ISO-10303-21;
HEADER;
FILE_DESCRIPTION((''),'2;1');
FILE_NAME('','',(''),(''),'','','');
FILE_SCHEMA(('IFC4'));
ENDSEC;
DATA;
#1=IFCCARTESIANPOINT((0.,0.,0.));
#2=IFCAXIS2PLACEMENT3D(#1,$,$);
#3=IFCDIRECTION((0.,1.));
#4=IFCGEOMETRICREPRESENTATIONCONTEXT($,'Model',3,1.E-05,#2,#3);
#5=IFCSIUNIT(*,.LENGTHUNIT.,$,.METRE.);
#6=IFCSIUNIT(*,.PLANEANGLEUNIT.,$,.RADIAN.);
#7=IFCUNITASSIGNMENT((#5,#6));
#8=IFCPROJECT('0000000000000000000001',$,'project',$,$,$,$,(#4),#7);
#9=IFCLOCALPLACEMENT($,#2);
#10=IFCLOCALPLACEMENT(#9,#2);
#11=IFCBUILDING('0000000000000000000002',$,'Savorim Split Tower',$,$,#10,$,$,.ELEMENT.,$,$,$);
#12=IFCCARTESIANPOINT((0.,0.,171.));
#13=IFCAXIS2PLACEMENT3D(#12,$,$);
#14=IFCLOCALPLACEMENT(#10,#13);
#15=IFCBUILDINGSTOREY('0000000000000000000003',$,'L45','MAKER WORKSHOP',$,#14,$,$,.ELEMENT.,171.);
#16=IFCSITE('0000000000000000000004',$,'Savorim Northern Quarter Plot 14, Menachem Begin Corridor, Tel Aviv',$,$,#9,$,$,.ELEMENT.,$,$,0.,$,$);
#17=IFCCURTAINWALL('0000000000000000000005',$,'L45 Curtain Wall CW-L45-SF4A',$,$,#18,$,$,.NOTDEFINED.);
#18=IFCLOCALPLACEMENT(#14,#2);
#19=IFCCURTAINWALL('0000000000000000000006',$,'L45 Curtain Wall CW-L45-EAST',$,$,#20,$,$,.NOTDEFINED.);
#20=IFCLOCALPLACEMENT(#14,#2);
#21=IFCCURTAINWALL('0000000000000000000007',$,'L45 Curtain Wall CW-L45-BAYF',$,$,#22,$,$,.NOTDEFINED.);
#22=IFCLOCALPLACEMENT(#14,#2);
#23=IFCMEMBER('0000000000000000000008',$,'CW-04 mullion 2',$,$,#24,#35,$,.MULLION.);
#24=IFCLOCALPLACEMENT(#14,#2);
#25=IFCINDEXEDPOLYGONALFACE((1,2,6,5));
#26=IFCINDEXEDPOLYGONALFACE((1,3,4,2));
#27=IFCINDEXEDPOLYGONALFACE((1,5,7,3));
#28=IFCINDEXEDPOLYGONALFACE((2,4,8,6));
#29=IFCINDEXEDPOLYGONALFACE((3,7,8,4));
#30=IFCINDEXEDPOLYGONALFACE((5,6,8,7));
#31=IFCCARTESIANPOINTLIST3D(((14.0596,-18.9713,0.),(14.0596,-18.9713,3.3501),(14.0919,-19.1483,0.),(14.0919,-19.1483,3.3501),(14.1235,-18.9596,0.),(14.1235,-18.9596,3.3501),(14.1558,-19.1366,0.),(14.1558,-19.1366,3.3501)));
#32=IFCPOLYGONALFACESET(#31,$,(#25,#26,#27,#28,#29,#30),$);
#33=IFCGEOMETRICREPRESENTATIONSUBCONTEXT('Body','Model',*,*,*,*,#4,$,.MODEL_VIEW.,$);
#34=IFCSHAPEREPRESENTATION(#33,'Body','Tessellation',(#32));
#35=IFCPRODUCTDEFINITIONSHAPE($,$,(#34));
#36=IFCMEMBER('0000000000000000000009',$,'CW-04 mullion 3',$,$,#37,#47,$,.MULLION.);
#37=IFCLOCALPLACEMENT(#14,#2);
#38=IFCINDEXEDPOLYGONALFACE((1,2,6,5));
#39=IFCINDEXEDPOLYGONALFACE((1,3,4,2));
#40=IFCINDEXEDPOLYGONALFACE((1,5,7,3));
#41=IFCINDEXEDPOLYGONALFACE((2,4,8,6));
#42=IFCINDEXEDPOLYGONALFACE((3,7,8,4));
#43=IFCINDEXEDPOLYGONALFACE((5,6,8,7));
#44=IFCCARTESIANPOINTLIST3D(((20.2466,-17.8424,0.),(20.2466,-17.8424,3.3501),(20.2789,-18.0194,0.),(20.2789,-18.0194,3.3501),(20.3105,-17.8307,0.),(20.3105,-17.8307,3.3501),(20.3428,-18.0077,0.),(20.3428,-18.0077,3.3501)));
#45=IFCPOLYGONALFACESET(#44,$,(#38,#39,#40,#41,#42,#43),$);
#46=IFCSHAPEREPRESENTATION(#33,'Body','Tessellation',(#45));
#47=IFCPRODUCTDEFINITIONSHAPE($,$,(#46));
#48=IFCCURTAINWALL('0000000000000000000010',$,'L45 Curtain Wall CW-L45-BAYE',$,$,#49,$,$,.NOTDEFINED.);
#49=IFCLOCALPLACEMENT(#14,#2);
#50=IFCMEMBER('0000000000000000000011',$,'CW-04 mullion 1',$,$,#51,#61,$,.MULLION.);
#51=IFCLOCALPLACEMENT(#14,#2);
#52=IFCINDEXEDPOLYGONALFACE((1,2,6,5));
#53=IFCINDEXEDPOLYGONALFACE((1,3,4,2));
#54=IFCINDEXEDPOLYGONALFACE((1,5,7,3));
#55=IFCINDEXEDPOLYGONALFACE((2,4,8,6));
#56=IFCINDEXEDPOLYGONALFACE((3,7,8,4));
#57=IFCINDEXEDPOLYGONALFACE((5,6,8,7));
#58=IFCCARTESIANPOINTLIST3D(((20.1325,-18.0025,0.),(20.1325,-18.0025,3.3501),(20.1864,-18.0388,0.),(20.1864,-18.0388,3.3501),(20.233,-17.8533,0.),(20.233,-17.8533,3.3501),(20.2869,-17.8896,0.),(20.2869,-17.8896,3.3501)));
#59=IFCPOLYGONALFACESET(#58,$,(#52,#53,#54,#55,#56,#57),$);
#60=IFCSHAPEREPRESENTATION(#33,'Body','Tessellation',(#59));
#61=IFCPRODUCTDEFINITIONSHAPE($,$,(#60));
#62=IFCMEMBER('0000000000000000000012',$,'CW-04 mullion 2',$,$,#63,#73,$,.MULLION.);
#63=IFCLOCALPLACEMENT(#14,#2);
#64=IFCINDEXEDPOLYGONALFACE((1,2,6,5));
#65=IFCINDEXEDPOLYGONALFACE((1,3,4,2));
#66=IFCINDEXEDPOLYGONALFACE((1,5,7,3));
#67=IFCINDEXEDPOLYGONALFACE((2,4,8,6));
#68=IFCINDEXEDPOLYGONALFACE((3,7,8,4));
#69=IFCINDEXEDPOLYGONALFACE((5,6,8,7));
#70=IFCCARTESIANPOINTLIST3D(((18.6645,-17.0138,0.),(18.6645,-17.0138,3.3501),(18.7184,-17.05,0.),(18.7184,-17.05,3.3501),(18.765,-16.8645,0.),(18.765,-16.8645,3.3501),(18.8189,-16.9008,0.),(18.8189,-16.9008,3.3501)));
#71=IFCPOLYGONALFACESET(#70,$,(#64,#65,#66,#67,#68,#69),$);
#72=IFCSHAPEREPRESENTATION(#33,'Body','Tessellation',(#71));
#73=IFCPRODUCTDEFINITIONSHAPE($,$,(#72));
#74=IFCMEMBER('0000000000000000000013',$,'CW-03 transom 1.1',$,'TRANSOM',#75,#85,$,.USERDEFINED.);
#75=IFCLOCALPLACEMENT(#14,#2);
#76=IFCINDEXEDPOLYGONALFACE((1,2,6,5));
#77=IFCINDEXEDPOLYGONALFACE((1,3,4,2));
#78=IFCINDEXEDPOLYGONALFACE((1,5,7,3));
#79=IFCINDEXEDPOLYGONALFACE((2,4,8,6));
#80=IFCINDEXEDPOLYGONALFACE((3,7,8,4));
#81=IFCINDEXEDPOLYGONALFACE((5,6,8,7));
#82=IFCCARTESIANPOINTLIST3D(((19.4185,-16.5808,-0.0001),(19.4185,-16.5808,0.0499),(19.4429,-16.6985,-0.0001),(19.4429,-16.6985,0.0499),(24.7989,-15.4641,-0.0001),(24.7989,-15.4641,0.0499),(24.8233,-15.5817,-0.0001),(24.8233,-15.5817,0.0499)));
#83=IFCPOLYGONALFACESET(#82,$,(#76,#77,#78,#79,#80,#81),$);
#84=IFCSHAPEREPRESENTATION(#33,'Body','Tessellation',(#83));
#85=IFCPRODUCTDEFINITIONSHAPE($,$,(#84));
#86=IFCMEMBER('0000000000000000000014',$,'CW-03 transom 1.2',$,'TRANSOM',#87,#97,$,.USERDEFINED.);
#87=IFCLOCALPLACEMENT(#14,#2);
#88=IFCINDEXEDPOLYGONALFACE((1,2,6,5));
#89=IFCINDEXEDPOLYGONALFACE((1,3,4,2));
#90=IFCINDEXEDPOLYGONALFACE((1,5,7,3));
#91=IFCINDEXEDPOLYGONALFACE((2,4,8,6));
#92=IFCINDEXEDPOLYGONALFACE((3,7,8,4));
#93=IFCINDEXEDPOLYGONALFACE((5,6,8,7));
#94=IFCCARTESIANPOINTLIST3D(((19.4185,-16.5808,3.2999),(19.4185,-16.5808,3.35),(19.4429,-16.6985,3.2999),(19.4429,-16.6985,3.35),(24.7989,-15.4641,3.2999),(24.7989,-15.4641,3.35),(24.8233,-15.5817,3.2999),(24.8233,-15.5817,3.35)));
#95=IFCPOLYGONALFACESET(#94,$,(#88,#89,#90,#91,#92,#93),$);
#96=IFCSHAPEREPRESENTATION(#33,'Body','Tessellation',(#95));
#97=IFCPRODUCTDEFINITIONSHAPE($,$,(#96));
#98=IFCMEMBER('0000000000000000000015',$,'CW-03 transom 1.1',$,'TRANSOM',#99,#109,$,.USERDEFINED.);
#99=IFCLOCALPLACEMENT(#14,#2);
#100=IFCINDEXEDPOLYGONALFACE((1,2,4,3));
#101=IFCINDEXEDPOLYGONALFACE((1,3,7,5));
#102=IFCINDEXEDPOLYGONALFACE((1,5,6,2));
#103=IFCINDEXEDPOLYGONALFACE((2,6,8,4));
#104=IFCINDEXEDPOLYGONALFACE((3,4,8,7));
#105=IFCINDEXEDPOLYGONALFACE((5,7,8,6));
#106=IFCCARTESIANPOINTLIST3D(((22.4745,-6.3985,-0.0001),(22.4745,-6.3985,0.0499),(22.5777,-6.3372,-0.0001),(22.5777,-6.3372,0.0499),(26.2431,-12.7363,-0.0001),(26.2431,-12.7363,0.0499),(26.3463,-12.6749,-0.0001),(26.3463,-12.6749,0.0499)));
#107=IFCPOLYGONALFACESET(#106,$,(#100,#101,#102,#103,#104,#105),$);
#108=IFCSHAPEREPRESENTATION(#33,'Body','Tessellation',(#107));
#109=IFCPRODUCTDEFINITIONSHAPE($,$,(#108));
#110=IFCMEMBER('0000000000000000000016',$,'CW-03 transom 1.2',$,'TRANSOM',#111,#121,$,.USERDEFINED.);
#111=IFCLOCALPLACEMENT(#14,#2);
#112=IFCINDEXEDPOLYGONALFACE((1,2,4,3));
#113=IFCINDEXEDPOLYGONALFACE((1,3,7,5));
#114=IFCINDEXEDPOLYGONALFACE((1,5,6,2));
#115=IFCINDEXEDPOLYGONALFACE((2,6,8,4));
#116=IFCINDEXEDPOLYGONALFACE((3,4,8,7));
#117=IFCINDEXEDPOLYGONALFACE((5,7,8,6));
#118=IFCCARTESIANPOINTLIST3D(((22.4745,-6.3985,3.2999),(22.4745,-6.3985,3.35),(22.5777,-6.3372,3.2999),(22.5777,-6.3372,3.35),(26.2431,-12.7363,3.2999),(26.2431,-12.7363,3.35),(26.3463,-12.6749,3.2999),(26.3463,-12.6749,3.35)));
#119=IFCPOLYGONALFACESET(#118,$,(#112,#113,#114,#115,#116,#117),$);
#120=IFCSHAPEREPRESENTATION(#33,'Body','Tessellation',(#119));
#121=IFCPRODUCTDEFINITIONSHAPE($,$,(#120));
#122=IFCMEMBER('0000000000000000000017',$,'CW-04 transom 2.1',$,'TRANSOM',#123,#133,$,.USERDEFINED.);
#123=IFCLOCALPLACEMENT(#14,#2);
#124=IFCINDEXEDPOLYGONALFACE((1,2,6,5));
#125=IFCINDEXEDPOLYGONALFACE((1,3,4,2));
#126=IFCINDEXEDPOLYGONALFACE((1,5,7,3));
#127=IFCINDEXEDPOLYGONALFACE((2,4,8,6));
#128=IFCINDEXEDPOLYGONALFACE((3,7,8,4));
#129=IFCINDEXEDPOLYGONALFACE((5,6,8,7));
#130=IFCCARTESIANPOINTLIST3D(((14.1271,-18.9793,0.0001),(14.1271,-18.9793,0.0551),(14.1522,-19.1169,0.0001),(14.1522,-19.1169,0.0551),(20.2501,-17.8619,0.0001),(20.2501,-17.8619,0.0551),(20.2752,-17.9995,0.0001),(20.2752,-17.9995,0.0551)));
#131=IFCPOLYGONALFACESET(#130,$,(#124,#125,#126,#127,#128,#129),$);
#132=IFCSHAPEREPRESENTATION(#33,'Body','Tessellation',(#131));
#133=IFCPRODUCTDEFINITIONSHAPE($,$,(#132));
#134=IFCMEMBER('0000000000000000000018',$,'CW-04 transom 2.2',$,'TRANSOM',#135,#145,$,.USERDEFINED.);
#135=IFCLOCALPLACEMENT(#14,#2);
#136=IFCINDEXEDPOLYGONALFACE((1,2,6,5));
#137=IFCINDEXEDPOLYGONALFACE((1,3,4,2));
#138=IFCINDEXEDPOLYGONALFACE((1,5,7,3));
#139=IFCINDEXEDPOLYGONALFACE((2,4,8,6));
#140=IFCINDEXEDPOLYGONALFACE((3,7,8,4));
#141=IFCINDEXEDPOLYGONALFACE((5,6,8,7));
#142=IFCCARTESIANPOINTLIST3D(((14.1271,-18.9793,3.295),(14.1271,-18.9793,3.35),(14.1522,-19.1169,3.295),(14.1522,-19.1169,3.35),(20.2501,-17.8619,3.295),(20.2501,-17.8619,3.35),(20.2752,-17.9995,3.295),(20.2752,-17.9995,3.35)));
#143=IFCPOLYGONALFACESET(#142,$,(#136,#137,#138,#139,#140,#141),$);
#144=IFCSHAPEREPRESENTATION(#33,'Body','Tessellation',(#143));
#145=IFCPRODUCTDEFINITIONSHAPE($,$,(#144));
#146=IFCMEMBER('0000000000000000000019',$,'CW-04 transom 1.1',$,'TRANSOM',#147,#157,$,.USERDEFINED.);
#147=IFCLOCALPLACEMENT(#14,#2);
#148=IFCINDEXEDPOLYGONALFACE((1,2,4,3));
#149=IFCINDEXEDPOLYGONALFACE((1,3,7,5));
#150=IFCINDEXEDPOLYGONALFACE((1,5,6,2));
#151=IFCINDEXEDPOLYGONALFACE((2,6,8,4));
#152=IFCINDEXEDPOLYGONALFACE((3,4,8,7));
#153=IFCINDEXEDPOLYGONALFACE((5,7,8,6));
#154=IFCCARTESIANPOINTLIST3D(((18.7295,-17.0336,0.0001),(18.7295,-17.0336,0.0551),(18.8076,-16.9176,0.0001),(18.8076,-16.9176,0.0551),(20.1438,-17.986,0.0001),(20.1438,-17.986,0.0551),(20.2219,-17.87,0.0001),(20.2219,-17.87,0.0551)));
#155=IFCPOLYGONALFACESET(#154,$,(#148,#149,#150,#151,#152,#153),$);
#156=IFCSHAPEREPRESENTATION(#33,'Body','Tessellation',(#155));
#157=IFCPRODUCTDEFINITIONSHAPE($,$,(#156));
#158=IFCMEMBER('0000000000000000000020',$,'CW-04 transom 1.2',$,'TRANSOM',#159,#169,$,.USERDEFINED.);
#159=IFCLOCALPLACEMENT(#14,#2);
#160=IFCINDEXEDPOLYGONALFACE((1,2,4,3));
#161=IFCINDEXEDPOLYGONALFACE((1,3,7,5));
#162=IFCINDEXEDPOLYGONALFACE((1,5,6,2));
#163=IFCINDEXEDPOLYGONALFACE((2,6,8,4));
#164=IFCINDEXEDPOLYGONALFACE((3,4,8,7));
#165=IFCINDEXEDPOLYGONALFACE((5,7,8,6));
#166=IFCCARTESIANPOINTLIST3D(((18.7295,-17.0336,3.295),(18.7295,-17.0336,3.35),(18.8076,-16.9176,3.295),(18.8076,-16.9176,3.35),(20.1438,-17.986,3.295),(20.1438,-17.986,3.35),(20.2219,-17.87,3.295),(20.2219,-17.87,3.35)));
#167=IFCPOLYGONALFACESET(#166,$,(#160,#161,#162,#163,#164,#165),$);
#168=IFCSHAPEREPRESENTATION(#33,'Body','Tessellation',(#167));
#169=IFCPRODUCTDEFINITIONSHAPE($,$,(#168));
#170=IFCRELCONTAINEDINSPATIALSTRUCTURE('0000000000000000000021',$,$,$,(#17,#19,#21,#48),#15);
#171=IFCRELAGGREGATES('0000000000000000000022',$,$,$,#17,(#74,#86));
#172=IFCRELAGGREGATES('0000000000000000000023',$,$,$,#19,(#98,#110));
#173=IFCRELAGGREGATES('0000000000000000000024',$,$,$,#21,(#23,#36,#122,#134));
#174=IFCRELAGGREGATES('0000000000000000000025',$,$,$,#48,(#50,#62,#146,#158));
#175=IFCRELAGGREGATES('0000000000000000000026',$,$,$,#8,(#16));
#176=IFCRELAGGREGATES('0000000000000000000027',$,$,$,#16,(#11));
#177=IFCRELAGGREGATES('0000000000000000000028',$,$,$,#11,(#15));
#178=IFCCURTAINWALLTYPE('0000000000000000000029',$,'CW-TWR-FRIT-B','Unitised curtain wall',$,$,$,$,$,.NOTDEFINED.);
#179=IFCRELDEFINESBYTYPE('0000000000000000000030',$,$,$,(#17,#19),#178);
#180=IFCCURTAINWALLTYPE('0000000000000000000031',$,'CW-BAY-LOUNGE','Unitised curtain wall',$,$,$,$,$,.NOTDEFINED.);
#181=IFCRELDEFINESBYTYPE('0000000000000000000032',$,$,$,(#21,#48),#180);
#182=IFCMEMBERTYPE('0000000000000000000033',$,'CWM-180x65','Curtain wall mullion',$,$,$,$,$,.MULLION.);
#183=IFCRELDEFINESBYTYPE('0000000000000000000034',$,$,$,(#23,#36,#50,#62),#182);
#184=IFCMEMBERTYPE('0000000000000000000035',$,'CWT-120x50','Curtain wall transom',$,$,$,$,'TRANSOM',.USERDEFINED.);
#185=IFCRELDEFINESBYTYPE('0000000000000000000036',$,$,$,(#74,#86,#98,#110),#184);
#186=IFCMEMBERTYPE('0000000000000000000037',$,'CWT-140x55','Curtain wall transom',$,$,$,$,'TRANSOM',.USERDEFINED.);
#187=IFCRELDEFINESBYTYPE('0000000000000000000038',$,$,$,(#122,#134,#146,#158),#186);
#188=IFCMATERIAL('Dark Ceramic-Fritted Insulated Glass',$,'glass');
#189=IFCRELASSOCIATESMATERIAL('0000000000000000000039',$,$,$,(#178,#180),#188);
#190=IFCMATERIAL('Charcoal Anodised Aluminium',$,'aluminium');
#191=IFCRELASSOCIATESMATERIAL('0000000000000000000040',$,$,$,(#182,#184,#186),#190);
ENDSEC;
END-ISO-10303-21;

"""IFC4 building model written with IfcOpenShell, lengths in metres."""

from ifc_helpers import new_model, si_unit, direction, frame, origin, origin_2d, place, context, subcontext, project, spatial, rectangle, extrude, material, material_profile, profile_set, type_object, element, aggregate, save


model = new_model("IFC4")

# Units and contexts
model_context = context("Model", 3, precision=1e-05, world=origin(), true_north=direction((0.0, 1.0)))
body_context = subcontext(model_context, "Body", "Model", "MODEL_VIEW")
ifc_project = project(units=[si_unit("LENGTHUNIT", "METRE"), si_unit("PLANEANGLEUNIT", "RADIAN")], contexts=[model_context])

# Site, building, storey
site_placement = place(None, origin())
site = spatial("IfcSite", under=ifc_project, at=site_placement, Name="Savorim Northern Quarter Plot 14, Menachem Begin Corridor, Tel Aviv", CompositionType="ELEMENT", RefElevation=0.0)
building_placement = place(site_placement, origin())
building = spatial("IfcBuilding", under=site, at=building_placement, Name="Savorim Split Tower", CompositionType="ELEMENT")
storey_placement = place(building_placement, frame((0.0, 0.0, 171.0)))
storey = spatial("IfcBuildingStorey", under=building, at=storey_placement, Name="L45", Description="MAKER WORKSHOP", CompositionType="ELEMENT", Elevation=171.0)

# Curtain wall
ifc_material_1 = material(Name="Dark Ceramic-Fritted Insulated Glass", Category="glass")
curtain_wall_type_1 = type_object("IfcCurtainWallType", Name="CW-TWR-FRIT-B", Description="Unitised curtain wall", PredefinedType="NOTDEFINED", material=ifc_material_1)
curtain_wall_1_placement = place(storey_placement, origin())
curtain_wall_1 = element("IfcCurtainWall", 1, at=curtain_wall_1_placement, inside=storey, type_object=curtain_wall_type_1, Name="L45 Curtain Wall CW-L45-SF4A", PredefinedType="NOTDEFINED")
ifc_material_2 = material(Name="Charcoal Anodised Aluminium", Category="aluminium")

# Curtain wall
curtain_wall_2_placement = place(storey_placement, origin())
curtain_wall_2 = element("IfcCurtainWall", 2, at=curtain_wall_2_placement, inside=storey, type_object=curtain_wall_type_1, Name="L45 Curtain Wall CW-L45-EAST", PredefinedType="NOTDEFINED")

# Curtain walls, members
curtain_wall_type_2 = type_object("IfcCurtainWallType", Name="CW-BAY-LOUNGE", Description="Unitised curtain wall", PredefinedType="NOTDEFINED", material=ifc_material_1)
curtain_wall_3_placement = place(storey_placement, origin())
curtain_wall_3 = element("IfcCurtainWall", 3, at=curtain_wall_3_placement, inside=storey, type_object=curtain_wall_type_2, Name="L45 Curtain Wall CW-L45-BAYF", PredefinedType="NOTDEFINED")
ifc_material_profile_1 = material_profile(ifc_material_2, rectangle(XDim=0.1799, YDim=0.0649, at=origin_2d()), Name="ALU-M 180x65")
ifc_profile_set_1 = profile_set([ifc_material_profile_1], Name="Charcoal Anodised Aluminium")
member_type_1 = type_object("IfcMemberType", Name="CWM-180x65", Description="Curtain wall mullion", PredefinedType="MULLION", material=ifc_profile_set_1)
member_1_placement = place(storey_placement, frame((14.1077, -19.054, 0.0), z_axis=(0.0, 0.0, 1.0), x_axis=(-0.179518, 0.983755, 0.0)))
member_1 = element("IfcMember", 4, at=member_1_placement, type_object=member_type_1, Name="CW-04 mullion 2", PredefinedType="MULLION", context=body_context, shape_type="SweptSolid", body=[
    extrude(rectangle(XDim=0.1799, YDim=0.0649, at=origin_2d()), origin(), (0.0, 0.0, 1.0), 3.3501),
])
member_2_placement = place(storey_placement, frame((20.2947, -17.925, 0.0), z_axis=(0.0, 0.0, 1.0), x_axis=(-0.179518, 0.983755, 0.0)))
member_2 = element("IfcMember", 5, at=member_2_placement, type_object=member_type_1, Name="CW-04 mullion 3", PredefinedType="MULLION", context=body_context, shape_type="SweptSolid", body=[
    extrude(rectangle(XDim=0.1799, YDim=0.0649, at=origin_2d()), origin(), (0.0, 0.0, 1.0), 3.3501),
])
curtain_wall_4_placement = place(storey_placement, origin())
curtain_wall_4 = element("IfcCurtainWall", 6, at=curtain_wall_4_placement, inside=storey, type_object=curtain_wall_type_2, Name="L45 Curtain Wall CW-L45-BAYE", PredefinedType="NOTDEFINED")
member_3_placement = place(storey_placement, frame((20.2097, -17.946, 0.0), z_axis=(0.0, 0.0, 1.0), x_axis=(-0.55863, -0.829417, 0.0)))
member_3 = element("IfcMember", 7, at=member_3_placement, type_object=member_type_1, Name="CW-04 mullion 1", PredefinedType="MULLION", context=body_context, shape_type="SweptSolid", body=[
    extrude(rectangle(XDim=0.1799, YDim=0.0649, at=origin_2d()), origin(), (0.0, 0.0, 1.0), 3.3501),
])
member_4_placement = place(storey_placement, frame((18.7417, -16.9573, 0.0), z_axis=(0.0, 0.0, 1.0), x_axis=(-0.55863, -0.829417, 0.0)))
member_4 = element("IfcMember", 8, at=member_4_placement, type_object=member_type_1, Name="CW-04 mullion 2", PredefinedType="MULLION", context=body_context, shape_type="SweptSolid", body=[
    extrude(rectangle(XDim=0.1799, YDim=0.0649, at=origin_2d()), origin(), (0.0, 0.0, 1.0), 3.3501),
])

# Members
ifc_material_profile_2 = material_profile(ifc_material_2, rectangle(XDim=0.1201, YDim=0.05, at=origin_2d()), Name="ALU-T 120x50")
ifc_profile_set_2 = profile_set([ifc_material_profile_2], Name="Charcoal Anodised Aluminium")
member_type_2 = type_object("IfcMemberType", Name="CWT-120x50", Description="Curtain wall transom", ElementType="TRANSOM", PredefinedType="USERDEFINED", material=ifc_profile_set_2)
member_5_placement = place(storey_placement, frame((19.4307, -16.6396, 0.0249), z_axis=(0.979133, 0.20322, 0.0), x_axis=(-0.20322, 0.979133, 0.0)))
member_5 = element("IfcMember", 9, at=member_5_placement, type_object=member_type_2, Name="CW-03 transom 1.1", ObjectType="TRANSOM", PredefinedType="USERDEFINED", context=body_context, shape_type="SweptSolid", body=[
    extrude(rectangle(XDim=0.1201, YDim=0.05, at=origin_2d()), origin(), (0.0, 0.0, 1.0), 5.4951),
])
member_6_placement = place(storey_placement, frame((19.4307, -16.6396, 3.325), z_axis=(0.979133, 0.20322, 0.0), x_axis=(-0.20322, 0.979133, 0.0)))
member_6 = element("IfcMember", 10, at=member_6_placement, type_object=member_type_2, Name="CW-03 transom 1.2", ObjectType="TRANSOM", PredefinedType="USERDEFINED", context=body_context, shape_type="SweptSolid", body=[
    extrude(rectangle(XDim=0.1201, YDim=0.05, at=origin_2d()), origin(), (0.0, 0.0, 1.0), 5.4951),
])
member_7_placement = place(storey_placement, frame((26.2947, -12.7056, 0.0249), z_axis=(-0.511098, 0.859523, 0.0), x_axis=(-0.859523, -0.511098, 0.0)))
member_7 = element("IfcMember", 11, at=member_7_placement, type_object=member_type_2, Name="CW-03 transom 1.1", ObjectType="TRANSOM", PredefinedType="USERDEFINED", context=body_context, shape_type="SweptSolid", body=[
    extrude(rectangle(XDim=0.1201, YDim=0.05, at=origin_2d()), origin(), (0.0, 0.0, 1.0), 7.3735),
])
member_8_placement = place(storey_placement, frame((26.2947, -12.7056, 3.325), z_axis=(-0.511098, 0.859523, 0.0), x_axis=(-0.859523, -0.511098, 0.0)))
member_8 = element("IfcMember", 12, at=member_8_placement, type_object=member_type_2, Name="CW-03 transom 1.2", ObjectType="TRANSOM", PredefinedType="USERDEFINED", context=body_context, shape_type="SweptSolid", body=[
    extrude(rectangle(XDim=0.1201, YDim=0.05, at=origin_2d()), origin(), (0.0, 0.0, 1.0), 7.3735),
])
ifc_material_profile_3 = material_profile(ifc_material_2, rectangle(XDim=0.1399, YDim=0.0549, at=origin_2d()), Name="ALU-T 140x55")
ifc_profile_set_3 = profile_set([ifc_material_profile_3], Name="Charcoal Anodised Aluminium")
member_type_3 = type_object("IfcMemberType", Name="CWT-140x55", Description="Curtain wall transom", ElementType="TRANSOM", PredefinedType="USERDEFINED", material=ifc_profile_set_3)
member_9_placement = place(storey_placement, frame((14.1396, -19.0481, 0.0276), z_axis=(0.983752, 0.179531, 0.0), x_axis=(-0.179531, 0.983752, 0.0)))
member_9 = element("IfcMember", 13, at=member_9_placement, type_object=member_type_3, Name="CW-04 transom 2.1", ObjectType="TRANSOM", PredefinedType="USERDEFINED", context=body_context, shape_type="SweptSolid", body=[
    extrude(rectangle(XDim=0.1399, YDim=0.0549, at=origin_2d()), origin(), (0.0, 0.0, 1.0), 6.2241),
])
member_10_placement = place(storey_placement, frame((14.1396, -19.0481, 3.3225), z_axis=(0.983752, 0.179531, 0.0), x_axis=(-0.179531, 0.983752, 0.0)))
member_10 = element("IfcMember", 14, at=member_10_placement, type_object=member_type_3, Name="CW-04 transom 2.2", ObjectType="TRANSOM", PredefinedType="USERDEFINED", context=body_context, shape_type="SweptSolid", body=[
    extrude(rectangle(XDim=0.1399, YDim=0.0549, at=origin_2d()), origin(), (0.0, 0.0, 1.0), 6.2241),
])
member_11_placement = place(storey_placement, frame((20.1829, -17.928, 0.0276), z_axis=(-0.829464, 0.55856, 0.0), x_axis=(-0.55856, -0.829464, 0.0)))
member_11 = element("IfcMember", 15, at=member_11_placement, type_object=member_type_3, Name="CW-04 transom 1.1", ObjectType="TRANSOM", PredefinedType="USERDEFINED", context=body_context, shape_type="SweptSolid", body=[
    extrude(rectangle(XDim=0.1399, YDim=0.0549, at=origin_2d()), origin(), (0.0, 0.0, 1.0), 1.7051),
])
member_12_placement = place(storey_placement, frame((20.1829, -17.928, 3.3225), z_axis=(-0.829464, 0.55856, 0.0), x_axis=(-0.55856, -0.829464, 0.0)))
member_12 = element("IfcMember", 16, at=member_12_placement, type_object=member_type_3, Name="CW-04 transom 1.2", ObjectType="TRANSOM", PredefinedType="USERDEFINED", context=body_context, shape_type="SweptSolid", body=[
    extrude(rectangle(XDim=0.1399, YDim=0.0549, at=origin_2d()), origin(), (0.0, 0.0, 1.0), 1.7051),
])

aggregate(curtain_wall_1, [member_5, member_6])
aggregate(curtain_wall_2, [member_7, member_8])
aggregate(curtain_wall_3, [member_1, member_2, member_9, member_10])
aggregate(curtain_wall_4, [member_3, member_4, member_11, member_12])

save(model, "model.ifc")
